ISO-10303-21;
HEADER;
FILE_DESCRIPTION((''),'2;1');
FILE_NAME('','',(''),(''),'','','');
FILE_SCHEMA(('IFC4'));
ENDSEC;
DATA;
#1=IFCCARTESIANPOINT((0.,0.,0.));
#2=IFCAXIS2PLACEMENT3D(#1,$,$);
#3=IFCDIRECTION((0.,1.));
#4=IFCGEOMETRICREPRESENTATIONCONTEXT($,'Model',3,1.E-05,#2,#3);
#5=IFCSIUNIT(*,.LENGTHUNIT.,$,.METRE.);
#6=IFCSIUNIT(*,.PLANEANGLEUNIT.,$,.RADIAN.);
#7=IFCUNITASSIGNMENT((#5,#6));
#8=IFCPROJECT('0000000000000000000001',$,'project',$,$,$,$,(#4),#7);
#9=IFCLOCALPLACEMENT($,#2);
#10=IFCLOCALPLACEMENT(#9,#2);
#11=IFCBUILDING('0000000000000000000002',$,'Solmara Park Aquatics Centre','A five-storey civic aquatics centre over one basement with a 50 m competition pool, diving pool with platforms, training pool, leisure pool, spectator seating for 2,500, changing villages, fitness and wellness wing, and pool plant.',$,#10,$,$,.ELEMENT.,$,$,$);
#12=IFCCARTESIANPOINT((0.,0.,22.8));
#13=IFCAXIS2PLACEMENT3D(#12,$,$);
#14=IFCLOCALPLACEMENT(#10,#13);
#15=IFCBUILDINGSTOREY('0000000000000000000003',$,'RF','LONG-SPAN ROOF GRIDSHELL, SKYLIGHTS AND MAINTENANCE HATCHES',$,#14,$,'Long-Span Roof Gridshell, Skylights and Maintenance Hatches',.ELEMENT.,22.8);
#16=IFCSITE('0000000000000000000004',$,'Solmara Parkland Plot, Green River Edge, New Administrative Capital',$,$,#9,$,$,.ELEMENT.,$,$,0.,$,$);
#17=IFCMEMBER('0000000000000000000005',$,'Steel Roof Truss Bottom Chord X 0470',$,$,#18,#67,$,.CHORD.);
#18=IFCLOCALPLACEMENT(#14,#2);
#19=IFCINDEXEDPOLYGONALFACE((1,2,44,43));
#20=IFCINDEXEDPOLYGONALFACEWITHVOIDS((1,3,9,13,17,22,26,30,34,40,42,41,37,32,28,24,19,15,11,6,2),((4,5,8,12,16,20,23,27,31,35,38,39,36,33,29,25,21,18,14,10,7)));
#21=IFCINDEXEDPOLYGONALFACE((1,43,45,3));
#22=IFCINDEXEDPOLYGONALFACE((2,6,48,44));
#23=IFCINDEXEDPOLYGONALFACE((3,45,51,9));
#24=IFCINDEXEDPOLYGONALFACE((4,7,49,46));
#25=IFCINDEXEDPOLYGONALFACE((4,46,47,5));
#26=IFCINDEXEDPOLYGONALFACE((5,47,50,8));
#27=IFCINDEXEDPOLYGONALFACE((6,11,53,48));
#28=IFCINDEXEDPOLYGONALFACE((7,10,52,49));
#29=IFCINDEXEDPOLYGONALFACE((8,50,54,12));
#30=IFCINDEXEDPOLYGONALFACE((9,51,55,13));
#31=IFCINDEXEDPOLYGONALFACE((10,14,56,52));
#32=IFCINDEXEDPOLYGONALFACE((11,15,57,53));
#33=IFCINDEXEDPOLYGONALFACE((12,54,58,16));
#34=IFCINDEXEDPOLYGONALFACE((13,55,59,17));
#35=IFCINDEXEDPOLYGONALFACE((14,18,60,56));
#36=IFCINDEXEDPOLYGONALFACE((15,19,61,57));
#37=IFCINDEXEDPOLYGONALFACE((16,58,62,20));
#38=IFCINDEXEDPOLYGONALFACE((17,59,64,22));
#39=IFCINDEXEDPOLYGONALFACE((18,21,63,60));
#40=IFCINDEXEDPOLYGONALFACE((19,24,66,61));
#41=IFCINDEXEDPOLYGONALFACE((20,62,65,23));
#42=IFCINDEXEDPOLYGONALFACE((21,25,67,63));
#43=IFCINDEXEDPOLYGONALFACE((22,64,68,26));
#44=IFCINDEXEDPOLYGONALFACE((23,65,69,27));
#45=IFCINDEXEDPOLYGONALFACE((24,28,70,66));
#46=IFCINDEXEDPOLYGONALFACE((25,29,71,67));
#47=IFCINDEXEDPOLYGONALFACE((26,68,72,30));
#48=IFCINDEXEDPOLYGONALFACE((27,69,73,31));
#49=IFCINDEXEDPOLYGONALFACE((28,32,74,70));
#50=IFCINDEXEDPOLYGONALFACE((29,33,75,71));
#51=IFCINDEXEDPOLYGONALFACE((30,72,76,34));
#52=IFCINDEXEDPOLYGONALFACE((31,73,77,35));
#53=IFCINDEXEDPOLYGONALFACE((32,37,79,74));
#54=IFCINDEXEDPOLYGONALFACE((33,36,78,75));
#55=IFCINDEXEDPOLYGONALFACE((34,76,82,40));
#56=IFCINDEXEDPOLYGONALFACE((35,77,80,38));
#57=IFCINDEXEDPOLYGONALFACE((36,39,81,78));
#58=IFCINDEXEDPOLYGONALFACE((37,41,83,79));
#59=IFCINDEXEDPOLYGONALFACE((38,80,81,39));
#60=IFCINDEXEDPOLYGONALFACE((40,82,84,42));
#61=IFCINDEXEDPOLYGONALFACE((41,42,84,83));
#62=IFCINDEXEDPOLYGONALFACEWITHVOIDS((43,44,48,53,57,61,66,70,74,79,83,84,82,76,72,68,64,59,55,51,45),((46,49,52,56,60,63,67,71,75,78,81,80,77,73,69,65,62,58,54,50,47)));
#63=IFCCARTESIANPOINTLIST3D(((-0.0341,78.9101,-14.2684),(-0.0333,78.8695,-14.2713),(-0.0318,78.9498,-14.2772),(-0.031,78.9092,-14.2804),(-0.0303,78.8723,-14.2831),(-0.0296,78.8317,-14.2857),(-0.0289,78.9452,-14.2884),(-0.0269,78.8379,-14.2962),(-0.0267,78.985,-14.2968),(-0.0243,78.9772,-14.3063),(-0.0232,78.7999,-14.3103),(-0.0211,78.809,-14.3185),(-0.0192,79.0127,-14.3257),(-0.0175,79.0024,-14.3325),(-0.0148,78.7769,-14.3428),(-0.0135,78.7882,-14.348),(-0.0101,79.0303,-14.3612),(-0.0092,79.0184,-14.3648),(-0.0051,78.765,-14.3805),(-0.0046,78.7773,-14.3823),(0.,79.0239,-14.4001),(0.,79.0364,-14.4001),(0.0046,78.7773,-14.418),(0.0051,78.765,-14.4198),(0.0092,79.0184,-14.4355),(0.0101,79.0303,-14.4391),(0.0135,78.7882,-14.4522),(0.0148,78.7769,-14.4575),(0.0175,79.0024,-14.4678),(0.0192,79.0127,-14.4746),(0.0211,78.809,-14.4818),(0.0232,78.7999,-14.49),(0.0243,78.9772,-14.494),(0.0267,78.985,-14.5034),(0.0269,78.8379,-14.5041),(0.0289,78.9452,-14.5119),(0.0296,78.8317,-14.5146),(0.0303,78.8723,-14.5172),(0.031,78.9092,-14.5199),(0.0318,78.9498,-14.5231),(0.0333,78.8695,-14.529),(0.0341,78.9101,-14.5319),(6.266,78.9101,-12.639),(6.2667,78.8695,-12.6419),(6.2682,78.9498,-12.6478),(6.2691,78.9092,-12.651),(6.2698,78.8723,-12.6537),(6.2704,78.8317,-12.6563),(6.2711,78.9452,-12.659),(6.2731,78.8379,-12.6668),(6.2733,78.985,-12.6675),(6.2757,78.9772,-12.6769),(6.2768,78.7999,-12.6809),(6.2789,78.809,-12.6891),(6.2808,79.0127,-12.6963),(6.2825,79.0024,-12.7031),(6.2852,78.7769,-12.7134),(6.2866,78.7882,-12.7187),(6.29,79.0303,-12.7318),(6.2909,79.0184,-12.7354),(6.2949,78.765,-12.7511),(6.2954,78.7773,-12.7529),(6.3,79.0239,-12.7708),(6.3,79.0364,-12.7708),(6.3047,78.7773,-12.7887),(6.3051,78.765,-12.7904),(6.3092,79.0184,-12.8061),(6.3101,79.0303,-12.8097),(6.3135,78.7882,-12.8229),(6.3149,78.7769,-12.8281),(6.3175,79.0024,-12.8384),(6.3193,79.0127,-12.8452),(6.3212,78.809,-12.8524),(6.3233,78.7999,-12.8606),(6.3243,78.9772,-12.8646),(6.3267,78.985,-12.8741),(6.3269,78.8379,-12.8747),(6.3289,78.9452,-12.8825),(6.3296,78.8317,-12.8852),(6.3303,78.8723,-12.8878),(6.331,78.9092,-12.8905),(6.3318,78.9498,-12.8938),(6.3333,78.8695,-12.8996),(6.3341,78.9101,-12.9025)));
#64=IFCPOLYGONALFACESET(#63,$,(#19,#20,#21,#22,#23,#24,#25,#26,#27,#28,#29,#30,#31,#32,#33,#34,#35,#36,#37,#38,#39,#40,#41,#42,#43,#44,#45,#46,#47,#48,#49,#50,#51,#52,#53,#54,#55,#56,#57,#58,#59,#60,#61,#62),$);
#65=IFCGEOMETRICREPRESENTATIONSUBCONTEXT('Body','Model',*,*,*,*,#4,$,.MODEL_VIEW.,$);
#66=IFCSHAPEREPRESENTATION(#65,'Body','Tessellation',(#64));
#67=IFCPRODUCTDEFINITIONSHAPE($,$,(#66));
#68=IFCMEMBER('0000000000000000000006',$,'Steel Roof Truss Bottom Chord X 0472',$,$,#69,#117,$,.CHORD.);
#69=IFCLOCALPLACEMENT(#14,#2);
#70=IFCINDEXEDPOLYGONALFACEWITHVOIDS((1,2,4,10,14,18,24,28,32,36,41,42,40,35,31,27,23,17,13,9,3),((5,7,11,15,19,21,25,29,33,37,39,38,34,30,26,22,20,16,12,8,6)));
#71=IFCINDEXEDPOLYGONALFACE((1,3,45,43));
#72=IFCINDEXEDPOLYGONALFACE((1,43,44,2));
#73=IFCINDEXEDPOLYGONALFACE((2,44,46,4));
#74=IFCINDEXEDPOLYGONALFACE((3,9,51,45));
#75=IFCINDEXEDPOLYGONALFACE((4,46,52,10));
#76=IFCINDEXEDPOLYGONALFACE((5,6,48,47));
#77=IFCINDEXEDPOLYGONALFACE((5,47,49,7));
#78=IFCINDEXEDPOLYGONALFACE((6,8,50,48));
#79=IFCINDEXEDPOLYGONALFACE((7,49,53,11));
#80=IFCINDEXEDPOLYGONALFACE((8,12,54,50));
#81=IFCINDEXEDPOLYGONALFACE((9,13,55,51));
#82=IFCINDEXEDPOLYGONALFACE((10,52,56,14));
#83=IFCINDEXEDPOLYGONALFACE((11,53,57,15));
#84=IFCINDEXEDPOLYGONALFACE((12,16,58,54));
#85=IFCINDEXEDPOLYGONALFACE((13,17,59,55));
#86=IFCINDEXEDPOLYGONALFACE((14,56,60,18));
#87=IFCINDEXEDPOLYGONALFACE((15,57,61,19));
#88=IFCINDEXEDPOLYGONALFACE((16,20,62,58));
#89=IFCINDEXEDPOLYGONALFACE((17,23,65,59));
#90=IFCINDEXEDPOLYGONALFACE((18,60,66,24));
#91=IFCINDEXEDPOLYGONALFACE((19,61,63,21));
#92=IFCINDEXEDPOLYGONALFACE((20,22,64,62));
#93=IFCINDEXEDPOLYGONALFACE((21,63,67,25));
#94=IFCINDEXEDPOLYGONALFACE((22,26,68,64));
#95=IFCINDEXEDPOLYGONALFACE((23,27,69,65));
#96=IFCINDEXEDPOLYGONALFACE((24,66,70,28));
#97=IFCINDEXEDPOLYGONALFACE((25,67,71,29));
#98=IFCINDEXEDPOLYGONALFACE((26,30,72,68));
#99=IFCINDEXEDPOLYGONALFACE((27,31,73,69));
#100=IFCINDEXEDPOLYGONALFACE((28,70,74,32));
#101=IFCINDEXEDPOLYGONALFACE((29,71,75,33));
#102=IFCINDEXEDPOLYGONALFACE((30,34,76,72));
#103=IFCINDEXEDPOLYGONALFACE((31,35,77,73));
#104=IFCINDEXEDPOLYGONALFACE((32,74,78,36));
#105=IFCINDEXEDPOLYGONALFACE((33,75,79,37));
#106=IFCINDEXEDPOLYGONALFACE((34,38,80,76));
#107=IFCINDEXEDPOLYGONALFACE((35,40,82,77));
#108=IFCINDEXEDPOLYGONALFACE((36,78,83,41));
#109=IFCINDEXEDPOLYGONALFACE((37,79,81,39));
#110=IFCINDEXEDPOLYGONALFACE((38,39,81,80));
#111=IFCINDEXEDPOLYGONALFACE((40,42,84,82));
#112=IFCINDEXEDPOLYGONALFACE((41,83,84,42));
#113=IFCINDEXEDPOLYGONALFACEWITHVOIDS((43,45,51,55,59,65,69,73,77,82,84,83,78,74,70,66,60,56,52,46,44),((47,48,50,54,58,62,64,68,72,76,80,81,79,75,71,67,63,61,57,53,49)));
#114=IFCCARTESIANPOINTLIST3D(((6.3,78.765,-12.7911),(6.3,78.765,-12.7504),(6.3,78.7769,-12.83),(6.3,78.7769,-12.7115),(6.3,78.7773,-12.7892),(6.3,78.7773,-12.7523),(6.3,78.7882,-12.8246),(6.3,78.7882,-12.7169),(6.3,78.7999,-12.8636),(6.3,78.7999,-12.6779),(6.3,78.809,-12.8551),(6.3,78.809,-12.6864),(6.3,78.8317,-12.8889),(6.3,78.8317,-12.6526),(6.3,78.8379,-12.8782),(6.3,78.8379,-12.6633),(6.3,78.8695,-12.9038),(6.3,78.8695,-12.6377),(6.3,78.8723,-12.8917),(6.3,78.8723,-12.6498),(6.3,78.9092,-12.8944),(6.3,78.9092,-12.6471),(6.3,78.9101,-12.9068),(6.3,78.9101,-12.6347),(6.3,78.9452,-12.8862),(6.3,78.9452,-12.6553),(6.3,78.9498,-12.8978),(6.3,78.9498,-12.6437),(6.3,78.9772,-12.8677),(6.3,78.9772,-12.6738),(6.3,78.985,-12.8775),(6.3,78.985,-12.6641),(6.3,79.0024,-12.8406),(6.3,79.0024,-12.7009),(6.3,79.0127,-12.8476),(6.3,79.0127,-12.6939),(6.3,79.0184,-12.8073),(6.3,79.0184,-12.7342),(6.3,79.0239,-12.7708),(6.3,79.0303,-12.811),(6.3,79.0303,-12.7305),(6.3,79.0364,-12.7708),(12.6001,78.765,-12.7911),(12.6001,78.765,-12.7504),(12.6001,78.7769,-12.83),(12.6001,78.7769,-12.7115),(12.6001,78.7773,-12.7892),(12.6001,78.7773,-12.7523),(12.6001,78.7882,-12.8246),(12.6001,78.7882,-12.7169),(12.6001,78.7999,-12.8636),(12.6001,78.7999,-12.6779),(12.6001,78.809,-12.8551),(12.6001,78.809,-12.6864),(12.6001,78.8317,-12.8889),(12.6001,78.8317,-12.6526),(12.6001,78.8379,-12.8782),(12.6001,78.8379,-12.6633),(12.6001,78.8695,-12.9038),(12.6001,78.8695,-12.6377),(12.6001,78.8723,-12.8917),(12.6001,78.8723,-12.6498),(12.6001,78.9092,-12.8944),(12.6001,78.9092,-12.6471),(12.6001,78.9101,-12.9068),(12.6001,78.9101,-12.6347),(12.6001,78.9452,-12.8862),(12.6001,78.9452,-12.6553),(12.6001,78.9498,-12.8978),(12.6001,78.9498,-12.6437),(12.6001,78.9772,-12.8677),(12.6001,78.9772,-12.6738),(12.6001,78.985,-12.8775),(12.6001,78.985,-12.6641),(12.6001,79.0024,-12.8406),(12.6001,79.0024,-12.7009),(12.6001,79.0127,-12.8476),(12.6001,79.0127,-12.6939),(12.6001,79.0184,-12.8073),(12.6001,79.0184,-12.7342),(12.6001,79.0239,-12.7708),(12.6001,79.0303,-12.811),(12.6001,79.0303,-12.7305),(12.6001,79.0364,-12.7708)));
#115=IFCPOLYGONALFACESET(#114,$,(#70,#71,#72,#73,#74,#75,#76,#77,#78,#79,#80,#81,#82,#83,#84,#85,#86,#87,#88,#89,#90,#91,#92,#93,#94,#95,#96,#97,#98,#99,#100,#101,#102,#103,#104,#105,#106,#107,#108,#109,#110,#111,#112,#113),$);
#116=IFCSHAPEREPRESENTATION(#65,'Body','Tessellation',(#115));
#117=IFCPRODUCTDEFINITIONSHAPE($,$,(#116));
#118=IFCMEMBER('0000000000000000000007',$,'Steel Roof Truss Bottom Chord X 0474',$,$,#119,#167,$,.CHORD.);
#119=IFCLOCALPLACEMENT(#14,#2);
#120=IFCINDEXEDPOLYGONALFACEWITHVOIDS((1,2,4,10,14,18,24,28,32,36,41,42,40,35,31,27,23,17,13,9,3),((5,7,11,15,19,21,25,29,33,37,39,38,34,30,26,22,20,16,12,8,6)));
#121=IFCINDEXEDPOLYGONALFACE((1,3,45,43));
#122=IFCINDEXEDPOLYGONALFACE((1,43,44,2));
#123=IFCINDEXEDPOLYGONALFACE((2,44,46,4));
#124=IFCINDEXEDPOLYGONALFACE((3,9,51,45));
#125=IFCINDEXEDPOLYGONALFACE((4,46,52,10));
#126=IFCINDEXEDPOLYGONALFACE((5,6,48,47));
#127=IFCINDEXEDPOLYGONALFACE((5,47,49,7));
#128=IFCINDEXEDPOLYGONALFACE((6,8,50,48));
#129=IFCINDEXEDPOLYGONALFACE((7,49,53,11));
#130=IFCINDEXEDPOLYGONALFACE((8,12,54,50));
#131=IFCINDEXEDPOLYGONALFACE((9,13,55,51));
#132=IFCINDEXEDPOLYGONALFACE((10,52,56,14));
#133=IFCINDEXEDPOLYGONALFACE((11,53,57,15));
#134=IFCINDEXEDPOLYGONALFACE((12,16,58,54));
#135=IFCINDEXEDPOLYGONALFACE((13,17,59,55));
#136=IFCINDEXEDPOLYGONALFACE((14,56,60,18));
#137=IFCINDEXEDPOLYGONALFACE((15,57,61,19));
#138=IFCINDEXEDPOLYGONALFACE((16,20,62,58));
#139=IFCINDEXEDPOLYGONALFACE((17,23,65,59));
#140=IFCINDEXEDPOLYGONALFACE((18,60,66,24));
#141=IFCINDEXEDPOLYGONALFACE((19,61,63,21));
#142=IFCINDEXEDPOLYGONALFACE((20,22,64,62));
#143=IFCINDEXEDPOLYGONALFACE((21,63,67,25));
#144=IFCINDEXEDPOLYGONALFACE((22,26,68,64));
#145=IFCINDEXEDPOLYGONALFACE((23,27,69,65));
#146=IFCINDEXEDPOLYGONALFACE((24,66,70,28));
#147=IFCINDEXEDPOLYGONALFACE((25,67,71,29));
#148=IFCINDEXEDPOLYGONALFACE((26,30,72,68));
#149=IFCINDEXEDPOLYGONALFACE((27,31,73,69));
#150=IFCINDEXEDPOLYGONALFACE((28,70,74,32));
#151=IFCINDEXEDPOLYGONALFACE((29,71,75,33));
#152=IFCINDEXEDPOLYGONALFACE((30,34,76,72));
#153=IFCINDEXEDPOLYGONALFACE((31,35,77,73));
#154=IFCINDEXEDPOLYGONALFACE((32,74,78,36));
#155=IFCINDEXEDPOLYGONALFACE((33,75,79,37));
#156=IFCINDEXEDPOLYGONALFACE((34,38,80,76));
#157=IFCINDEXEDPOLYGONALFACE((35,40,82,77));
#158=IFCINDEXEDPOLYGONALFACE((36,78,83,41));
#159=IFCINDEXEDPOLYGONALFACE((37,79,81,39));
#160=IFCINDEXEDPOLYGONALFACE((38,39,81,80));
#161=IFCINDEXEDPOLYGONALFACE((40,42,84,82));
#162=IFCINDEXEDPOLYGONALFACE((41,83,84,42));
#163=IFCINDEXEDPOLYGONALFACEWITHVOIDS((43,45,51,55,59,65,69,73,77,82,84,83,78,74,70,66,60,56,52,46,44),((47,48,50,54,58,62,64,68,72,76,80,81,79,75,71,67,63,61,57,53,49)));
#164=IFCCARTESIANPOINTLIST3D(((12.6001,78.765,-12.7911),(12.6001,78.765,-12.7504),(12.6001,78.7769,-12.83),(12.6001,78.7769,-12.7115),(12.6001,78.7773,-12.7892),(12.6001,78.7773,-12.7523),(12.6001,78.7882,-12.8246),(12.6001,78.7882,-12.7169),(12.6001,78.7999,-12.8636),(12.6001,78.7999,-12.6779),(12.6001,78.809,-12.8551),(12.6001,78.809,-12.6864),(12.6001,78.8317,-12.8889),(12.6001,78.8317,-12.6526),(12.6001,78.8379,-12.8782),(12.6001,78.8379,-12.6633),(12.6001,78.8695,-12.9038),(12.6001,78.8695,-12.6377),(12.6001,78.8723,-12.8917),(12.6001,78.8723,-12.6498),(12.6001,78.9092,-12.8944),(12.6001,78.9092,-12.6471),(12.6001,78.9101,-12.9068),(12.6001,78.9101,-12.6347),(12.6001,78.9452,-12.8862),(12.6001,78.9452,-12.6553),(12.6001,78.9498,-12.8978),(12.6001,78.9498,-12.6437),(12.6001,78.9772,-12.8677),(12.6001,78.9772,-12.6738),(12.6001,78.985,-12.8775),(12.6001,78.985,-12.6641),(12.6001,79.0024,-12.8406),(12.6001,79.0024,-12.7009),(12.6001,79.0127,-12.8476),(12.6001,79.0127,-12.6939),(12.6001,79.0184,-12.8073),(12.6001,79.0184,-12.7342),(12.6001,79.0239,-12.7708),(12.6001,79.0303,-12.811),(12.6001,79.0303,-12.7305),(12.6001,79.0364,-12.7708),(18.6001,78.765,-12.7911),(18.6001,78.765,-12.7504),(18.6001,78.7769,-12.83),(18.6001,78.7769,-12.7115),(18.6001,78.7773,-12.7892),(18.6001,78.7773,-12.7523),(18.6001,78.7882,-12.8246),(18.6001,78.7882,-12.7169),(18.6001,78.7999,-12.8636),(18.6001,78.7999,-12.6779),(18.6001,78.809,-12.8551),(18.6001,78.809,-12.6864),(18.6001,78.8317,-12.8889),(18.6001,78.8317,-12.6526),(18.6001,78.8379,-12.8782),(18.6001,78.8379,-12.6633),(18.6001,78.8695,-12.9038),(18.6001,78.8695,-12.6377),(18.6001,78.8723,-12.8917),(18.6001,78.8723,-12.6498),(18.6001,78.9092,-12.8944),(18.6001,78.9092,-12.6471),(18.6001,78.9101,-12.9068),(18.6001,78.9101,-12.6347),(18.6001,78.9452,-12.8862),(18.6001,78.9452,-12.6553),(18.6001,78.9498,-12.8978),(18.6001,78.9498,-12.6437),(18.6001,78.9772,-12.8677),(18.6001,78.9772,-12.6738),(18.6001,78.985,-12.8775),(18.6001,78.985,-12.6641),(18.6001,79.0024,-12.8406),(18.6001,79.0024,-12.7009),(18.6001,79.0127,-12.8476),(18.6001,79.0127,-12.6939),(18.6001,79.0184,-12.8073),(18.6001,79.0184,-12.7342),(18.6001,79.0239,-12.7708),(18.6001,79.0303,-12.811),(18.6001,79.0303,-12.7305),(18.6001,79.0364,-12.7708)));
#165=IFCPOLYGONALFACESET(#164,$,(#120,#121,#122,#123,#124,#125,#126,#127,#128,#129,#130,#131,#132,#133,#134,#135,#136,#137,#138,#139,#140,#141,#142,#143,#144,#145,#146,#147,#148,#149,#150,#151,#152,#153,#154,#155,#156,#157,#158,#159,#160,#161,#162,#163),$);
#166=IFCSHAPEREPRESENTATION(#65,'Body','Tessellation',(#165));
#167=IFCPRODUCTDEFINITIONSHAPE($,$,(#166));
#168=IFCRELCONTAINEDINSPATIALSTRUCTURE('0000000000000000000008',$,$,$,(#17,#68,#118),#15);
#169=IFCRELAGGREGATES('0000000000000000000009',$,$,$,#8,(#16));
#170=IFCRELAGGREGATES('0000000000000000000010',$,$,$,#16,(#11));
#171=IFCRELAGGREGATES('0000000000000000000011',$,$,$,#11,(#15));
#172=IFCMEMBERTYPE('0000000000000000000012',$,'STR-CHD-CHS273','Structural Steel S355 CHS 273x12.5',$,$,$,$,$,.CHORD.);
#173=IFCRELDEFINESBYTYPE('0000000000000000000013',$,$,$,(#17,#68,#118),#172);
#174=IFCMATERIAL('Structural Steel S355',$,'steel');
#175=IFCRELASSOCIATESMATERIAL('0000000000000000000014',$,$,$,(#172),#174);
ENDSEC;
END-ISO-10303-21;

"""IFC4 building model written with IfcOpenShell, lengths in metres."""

from ifc_helpers import new_model, si_unit, direction, frame, origin, origin_2d, place, context, subcontext, project, spatial, hollow_circle, extrude, material, material_profile, profile_set, type_object, element, save


model = new_model("IFC4")

# Units and contexts
model_context = context("Model", 3, precision=1e-05, world=origin(), true_north=direction((0.0, 1.0)))
body_context = subcontext(model_context, "Body", "Model", "MODEL_VIEW")
ifc_project = project(units=[si_unit("LENGTHUNIT", "METRE"), si_unit("PLANEANGLEUNIT", "RADIAN")], contexts=[model_context])

# Site, building, storey
site_placement = place(None, origin())
site = spatial("IfcSite", under=ifc_project, at=site_placement, Name="Solmara Parkland Plot, Green River Edge, New Administrative Capital", CompositionType="ELEMENT", RefElevation=0.0)
building_placement = place(site_placement, origin())
building = spatial("IfcBuilding", under=site, at=building_placement, Name="Solmara Park Aquatics Centre", Description="A five-storey civic aquatics centre over one basement with a 50 m competition pool, diving pool with platforms, training pool, leisure pool, spectator seating for 2,500, changing villages, fitness and wellness wing, and pool plant.", CompositionType="ELEMENT")
storey_placement = place(building_placement, frame((0.0, 0.0, 22.8)))
storey = spatial("IfcBuildingStorey", under=building, at=storey_placement, Name="RF", Description="LONG-SPAN ROOF GRIDSHELL, SKYLIGHTS AND MAINTENANCE HATCHES", LongName="Long-Span Roof Gridshell, Skylights and Maintenance Hatches", CompositionType="ELEMENT", Elevation=22.8)

# Members
ifc_material_1 = material(Name="Structural Steel S355", Category="steel")
ifc_material_profile_1 = material_profile(ifc_material_1, hollow_circle(Radius=0.1365, WallThickness=0.0125, at=origin_2d()), Name="CHS 273x12.5")
ifc_profile_set_1 = profile_set([ifc_material_profile_1], Name="Structural Steel S355")
member_type_1 = type_object("IfcMemberType", Name="STR-CHD-CHS273", Description="Structural Steel S355 CHS 273x12.5", PredefinedType="CHORD", material=ifc_profile_set_1)
member_1_placement = place(storey_placement, frame((0.0, 78.8999, -14.4001), z_axis=(0.968144, 0.0, 0.250393), x_axis=(0.0, 1.0, 0.0)))
element("IfcMember", 1, at=member_1_placement, inside=storey, type_object=member_type_1, Name="Steel Roof Truss Bottom Chord X 0470", PredefinedType="CHORD", context=body_context, shape_type="SweptSolid", body=[
    extrude(hollow_circle(Radius=0.1365, WallThickness=0.0125, at=origin_2d()), origin(), (0.0, 0.0, 1.0), 6.5073),
])
member_2_placement = place(storey_placement, frame((6.3, 78.8999, -12.7708), z_axis=(1.0, 0.0, 0.0), x_axis=(0.0, 1.0, 0.0)))
element("IfcMember", 2, at=member_2_placement, inside=storey, type_object=member_type_1, Name="Steel Roof Truss Bottom Chord X 0472", PredefinedType="CHORD", context=body_context, shape_type="SweptSolid", body=[
    extrude(hollow_circle(Radius=0.1365, WallThickness=0.0125, at=origin_2d()), origin(), (0.0, 0.0, 1.0), 6.3),
])
member_3_placement = place(storey_placement, frame((12.6001, 78.8999, -12.7708), z_axis=(1.0, 0.0, 0.0), x_axis=(0.0, 1.0, 0.0)))
element("IfcMember", 3, at=member_3_placement, inside=storey, type_object=member_type_1, Name="Steel Roof Truss Bottom Chord X 0474", PredefinedType="CHORD", context=body_context, shape_type="SweptSolid", body=[
    extrude(hollow_circle(Radius=0.1365, WallThickness=0.0125, at=origin_2d()), origin(), (0.0, 0.0, 1.0), 6.0),
])

save(model, "model.ifc")
